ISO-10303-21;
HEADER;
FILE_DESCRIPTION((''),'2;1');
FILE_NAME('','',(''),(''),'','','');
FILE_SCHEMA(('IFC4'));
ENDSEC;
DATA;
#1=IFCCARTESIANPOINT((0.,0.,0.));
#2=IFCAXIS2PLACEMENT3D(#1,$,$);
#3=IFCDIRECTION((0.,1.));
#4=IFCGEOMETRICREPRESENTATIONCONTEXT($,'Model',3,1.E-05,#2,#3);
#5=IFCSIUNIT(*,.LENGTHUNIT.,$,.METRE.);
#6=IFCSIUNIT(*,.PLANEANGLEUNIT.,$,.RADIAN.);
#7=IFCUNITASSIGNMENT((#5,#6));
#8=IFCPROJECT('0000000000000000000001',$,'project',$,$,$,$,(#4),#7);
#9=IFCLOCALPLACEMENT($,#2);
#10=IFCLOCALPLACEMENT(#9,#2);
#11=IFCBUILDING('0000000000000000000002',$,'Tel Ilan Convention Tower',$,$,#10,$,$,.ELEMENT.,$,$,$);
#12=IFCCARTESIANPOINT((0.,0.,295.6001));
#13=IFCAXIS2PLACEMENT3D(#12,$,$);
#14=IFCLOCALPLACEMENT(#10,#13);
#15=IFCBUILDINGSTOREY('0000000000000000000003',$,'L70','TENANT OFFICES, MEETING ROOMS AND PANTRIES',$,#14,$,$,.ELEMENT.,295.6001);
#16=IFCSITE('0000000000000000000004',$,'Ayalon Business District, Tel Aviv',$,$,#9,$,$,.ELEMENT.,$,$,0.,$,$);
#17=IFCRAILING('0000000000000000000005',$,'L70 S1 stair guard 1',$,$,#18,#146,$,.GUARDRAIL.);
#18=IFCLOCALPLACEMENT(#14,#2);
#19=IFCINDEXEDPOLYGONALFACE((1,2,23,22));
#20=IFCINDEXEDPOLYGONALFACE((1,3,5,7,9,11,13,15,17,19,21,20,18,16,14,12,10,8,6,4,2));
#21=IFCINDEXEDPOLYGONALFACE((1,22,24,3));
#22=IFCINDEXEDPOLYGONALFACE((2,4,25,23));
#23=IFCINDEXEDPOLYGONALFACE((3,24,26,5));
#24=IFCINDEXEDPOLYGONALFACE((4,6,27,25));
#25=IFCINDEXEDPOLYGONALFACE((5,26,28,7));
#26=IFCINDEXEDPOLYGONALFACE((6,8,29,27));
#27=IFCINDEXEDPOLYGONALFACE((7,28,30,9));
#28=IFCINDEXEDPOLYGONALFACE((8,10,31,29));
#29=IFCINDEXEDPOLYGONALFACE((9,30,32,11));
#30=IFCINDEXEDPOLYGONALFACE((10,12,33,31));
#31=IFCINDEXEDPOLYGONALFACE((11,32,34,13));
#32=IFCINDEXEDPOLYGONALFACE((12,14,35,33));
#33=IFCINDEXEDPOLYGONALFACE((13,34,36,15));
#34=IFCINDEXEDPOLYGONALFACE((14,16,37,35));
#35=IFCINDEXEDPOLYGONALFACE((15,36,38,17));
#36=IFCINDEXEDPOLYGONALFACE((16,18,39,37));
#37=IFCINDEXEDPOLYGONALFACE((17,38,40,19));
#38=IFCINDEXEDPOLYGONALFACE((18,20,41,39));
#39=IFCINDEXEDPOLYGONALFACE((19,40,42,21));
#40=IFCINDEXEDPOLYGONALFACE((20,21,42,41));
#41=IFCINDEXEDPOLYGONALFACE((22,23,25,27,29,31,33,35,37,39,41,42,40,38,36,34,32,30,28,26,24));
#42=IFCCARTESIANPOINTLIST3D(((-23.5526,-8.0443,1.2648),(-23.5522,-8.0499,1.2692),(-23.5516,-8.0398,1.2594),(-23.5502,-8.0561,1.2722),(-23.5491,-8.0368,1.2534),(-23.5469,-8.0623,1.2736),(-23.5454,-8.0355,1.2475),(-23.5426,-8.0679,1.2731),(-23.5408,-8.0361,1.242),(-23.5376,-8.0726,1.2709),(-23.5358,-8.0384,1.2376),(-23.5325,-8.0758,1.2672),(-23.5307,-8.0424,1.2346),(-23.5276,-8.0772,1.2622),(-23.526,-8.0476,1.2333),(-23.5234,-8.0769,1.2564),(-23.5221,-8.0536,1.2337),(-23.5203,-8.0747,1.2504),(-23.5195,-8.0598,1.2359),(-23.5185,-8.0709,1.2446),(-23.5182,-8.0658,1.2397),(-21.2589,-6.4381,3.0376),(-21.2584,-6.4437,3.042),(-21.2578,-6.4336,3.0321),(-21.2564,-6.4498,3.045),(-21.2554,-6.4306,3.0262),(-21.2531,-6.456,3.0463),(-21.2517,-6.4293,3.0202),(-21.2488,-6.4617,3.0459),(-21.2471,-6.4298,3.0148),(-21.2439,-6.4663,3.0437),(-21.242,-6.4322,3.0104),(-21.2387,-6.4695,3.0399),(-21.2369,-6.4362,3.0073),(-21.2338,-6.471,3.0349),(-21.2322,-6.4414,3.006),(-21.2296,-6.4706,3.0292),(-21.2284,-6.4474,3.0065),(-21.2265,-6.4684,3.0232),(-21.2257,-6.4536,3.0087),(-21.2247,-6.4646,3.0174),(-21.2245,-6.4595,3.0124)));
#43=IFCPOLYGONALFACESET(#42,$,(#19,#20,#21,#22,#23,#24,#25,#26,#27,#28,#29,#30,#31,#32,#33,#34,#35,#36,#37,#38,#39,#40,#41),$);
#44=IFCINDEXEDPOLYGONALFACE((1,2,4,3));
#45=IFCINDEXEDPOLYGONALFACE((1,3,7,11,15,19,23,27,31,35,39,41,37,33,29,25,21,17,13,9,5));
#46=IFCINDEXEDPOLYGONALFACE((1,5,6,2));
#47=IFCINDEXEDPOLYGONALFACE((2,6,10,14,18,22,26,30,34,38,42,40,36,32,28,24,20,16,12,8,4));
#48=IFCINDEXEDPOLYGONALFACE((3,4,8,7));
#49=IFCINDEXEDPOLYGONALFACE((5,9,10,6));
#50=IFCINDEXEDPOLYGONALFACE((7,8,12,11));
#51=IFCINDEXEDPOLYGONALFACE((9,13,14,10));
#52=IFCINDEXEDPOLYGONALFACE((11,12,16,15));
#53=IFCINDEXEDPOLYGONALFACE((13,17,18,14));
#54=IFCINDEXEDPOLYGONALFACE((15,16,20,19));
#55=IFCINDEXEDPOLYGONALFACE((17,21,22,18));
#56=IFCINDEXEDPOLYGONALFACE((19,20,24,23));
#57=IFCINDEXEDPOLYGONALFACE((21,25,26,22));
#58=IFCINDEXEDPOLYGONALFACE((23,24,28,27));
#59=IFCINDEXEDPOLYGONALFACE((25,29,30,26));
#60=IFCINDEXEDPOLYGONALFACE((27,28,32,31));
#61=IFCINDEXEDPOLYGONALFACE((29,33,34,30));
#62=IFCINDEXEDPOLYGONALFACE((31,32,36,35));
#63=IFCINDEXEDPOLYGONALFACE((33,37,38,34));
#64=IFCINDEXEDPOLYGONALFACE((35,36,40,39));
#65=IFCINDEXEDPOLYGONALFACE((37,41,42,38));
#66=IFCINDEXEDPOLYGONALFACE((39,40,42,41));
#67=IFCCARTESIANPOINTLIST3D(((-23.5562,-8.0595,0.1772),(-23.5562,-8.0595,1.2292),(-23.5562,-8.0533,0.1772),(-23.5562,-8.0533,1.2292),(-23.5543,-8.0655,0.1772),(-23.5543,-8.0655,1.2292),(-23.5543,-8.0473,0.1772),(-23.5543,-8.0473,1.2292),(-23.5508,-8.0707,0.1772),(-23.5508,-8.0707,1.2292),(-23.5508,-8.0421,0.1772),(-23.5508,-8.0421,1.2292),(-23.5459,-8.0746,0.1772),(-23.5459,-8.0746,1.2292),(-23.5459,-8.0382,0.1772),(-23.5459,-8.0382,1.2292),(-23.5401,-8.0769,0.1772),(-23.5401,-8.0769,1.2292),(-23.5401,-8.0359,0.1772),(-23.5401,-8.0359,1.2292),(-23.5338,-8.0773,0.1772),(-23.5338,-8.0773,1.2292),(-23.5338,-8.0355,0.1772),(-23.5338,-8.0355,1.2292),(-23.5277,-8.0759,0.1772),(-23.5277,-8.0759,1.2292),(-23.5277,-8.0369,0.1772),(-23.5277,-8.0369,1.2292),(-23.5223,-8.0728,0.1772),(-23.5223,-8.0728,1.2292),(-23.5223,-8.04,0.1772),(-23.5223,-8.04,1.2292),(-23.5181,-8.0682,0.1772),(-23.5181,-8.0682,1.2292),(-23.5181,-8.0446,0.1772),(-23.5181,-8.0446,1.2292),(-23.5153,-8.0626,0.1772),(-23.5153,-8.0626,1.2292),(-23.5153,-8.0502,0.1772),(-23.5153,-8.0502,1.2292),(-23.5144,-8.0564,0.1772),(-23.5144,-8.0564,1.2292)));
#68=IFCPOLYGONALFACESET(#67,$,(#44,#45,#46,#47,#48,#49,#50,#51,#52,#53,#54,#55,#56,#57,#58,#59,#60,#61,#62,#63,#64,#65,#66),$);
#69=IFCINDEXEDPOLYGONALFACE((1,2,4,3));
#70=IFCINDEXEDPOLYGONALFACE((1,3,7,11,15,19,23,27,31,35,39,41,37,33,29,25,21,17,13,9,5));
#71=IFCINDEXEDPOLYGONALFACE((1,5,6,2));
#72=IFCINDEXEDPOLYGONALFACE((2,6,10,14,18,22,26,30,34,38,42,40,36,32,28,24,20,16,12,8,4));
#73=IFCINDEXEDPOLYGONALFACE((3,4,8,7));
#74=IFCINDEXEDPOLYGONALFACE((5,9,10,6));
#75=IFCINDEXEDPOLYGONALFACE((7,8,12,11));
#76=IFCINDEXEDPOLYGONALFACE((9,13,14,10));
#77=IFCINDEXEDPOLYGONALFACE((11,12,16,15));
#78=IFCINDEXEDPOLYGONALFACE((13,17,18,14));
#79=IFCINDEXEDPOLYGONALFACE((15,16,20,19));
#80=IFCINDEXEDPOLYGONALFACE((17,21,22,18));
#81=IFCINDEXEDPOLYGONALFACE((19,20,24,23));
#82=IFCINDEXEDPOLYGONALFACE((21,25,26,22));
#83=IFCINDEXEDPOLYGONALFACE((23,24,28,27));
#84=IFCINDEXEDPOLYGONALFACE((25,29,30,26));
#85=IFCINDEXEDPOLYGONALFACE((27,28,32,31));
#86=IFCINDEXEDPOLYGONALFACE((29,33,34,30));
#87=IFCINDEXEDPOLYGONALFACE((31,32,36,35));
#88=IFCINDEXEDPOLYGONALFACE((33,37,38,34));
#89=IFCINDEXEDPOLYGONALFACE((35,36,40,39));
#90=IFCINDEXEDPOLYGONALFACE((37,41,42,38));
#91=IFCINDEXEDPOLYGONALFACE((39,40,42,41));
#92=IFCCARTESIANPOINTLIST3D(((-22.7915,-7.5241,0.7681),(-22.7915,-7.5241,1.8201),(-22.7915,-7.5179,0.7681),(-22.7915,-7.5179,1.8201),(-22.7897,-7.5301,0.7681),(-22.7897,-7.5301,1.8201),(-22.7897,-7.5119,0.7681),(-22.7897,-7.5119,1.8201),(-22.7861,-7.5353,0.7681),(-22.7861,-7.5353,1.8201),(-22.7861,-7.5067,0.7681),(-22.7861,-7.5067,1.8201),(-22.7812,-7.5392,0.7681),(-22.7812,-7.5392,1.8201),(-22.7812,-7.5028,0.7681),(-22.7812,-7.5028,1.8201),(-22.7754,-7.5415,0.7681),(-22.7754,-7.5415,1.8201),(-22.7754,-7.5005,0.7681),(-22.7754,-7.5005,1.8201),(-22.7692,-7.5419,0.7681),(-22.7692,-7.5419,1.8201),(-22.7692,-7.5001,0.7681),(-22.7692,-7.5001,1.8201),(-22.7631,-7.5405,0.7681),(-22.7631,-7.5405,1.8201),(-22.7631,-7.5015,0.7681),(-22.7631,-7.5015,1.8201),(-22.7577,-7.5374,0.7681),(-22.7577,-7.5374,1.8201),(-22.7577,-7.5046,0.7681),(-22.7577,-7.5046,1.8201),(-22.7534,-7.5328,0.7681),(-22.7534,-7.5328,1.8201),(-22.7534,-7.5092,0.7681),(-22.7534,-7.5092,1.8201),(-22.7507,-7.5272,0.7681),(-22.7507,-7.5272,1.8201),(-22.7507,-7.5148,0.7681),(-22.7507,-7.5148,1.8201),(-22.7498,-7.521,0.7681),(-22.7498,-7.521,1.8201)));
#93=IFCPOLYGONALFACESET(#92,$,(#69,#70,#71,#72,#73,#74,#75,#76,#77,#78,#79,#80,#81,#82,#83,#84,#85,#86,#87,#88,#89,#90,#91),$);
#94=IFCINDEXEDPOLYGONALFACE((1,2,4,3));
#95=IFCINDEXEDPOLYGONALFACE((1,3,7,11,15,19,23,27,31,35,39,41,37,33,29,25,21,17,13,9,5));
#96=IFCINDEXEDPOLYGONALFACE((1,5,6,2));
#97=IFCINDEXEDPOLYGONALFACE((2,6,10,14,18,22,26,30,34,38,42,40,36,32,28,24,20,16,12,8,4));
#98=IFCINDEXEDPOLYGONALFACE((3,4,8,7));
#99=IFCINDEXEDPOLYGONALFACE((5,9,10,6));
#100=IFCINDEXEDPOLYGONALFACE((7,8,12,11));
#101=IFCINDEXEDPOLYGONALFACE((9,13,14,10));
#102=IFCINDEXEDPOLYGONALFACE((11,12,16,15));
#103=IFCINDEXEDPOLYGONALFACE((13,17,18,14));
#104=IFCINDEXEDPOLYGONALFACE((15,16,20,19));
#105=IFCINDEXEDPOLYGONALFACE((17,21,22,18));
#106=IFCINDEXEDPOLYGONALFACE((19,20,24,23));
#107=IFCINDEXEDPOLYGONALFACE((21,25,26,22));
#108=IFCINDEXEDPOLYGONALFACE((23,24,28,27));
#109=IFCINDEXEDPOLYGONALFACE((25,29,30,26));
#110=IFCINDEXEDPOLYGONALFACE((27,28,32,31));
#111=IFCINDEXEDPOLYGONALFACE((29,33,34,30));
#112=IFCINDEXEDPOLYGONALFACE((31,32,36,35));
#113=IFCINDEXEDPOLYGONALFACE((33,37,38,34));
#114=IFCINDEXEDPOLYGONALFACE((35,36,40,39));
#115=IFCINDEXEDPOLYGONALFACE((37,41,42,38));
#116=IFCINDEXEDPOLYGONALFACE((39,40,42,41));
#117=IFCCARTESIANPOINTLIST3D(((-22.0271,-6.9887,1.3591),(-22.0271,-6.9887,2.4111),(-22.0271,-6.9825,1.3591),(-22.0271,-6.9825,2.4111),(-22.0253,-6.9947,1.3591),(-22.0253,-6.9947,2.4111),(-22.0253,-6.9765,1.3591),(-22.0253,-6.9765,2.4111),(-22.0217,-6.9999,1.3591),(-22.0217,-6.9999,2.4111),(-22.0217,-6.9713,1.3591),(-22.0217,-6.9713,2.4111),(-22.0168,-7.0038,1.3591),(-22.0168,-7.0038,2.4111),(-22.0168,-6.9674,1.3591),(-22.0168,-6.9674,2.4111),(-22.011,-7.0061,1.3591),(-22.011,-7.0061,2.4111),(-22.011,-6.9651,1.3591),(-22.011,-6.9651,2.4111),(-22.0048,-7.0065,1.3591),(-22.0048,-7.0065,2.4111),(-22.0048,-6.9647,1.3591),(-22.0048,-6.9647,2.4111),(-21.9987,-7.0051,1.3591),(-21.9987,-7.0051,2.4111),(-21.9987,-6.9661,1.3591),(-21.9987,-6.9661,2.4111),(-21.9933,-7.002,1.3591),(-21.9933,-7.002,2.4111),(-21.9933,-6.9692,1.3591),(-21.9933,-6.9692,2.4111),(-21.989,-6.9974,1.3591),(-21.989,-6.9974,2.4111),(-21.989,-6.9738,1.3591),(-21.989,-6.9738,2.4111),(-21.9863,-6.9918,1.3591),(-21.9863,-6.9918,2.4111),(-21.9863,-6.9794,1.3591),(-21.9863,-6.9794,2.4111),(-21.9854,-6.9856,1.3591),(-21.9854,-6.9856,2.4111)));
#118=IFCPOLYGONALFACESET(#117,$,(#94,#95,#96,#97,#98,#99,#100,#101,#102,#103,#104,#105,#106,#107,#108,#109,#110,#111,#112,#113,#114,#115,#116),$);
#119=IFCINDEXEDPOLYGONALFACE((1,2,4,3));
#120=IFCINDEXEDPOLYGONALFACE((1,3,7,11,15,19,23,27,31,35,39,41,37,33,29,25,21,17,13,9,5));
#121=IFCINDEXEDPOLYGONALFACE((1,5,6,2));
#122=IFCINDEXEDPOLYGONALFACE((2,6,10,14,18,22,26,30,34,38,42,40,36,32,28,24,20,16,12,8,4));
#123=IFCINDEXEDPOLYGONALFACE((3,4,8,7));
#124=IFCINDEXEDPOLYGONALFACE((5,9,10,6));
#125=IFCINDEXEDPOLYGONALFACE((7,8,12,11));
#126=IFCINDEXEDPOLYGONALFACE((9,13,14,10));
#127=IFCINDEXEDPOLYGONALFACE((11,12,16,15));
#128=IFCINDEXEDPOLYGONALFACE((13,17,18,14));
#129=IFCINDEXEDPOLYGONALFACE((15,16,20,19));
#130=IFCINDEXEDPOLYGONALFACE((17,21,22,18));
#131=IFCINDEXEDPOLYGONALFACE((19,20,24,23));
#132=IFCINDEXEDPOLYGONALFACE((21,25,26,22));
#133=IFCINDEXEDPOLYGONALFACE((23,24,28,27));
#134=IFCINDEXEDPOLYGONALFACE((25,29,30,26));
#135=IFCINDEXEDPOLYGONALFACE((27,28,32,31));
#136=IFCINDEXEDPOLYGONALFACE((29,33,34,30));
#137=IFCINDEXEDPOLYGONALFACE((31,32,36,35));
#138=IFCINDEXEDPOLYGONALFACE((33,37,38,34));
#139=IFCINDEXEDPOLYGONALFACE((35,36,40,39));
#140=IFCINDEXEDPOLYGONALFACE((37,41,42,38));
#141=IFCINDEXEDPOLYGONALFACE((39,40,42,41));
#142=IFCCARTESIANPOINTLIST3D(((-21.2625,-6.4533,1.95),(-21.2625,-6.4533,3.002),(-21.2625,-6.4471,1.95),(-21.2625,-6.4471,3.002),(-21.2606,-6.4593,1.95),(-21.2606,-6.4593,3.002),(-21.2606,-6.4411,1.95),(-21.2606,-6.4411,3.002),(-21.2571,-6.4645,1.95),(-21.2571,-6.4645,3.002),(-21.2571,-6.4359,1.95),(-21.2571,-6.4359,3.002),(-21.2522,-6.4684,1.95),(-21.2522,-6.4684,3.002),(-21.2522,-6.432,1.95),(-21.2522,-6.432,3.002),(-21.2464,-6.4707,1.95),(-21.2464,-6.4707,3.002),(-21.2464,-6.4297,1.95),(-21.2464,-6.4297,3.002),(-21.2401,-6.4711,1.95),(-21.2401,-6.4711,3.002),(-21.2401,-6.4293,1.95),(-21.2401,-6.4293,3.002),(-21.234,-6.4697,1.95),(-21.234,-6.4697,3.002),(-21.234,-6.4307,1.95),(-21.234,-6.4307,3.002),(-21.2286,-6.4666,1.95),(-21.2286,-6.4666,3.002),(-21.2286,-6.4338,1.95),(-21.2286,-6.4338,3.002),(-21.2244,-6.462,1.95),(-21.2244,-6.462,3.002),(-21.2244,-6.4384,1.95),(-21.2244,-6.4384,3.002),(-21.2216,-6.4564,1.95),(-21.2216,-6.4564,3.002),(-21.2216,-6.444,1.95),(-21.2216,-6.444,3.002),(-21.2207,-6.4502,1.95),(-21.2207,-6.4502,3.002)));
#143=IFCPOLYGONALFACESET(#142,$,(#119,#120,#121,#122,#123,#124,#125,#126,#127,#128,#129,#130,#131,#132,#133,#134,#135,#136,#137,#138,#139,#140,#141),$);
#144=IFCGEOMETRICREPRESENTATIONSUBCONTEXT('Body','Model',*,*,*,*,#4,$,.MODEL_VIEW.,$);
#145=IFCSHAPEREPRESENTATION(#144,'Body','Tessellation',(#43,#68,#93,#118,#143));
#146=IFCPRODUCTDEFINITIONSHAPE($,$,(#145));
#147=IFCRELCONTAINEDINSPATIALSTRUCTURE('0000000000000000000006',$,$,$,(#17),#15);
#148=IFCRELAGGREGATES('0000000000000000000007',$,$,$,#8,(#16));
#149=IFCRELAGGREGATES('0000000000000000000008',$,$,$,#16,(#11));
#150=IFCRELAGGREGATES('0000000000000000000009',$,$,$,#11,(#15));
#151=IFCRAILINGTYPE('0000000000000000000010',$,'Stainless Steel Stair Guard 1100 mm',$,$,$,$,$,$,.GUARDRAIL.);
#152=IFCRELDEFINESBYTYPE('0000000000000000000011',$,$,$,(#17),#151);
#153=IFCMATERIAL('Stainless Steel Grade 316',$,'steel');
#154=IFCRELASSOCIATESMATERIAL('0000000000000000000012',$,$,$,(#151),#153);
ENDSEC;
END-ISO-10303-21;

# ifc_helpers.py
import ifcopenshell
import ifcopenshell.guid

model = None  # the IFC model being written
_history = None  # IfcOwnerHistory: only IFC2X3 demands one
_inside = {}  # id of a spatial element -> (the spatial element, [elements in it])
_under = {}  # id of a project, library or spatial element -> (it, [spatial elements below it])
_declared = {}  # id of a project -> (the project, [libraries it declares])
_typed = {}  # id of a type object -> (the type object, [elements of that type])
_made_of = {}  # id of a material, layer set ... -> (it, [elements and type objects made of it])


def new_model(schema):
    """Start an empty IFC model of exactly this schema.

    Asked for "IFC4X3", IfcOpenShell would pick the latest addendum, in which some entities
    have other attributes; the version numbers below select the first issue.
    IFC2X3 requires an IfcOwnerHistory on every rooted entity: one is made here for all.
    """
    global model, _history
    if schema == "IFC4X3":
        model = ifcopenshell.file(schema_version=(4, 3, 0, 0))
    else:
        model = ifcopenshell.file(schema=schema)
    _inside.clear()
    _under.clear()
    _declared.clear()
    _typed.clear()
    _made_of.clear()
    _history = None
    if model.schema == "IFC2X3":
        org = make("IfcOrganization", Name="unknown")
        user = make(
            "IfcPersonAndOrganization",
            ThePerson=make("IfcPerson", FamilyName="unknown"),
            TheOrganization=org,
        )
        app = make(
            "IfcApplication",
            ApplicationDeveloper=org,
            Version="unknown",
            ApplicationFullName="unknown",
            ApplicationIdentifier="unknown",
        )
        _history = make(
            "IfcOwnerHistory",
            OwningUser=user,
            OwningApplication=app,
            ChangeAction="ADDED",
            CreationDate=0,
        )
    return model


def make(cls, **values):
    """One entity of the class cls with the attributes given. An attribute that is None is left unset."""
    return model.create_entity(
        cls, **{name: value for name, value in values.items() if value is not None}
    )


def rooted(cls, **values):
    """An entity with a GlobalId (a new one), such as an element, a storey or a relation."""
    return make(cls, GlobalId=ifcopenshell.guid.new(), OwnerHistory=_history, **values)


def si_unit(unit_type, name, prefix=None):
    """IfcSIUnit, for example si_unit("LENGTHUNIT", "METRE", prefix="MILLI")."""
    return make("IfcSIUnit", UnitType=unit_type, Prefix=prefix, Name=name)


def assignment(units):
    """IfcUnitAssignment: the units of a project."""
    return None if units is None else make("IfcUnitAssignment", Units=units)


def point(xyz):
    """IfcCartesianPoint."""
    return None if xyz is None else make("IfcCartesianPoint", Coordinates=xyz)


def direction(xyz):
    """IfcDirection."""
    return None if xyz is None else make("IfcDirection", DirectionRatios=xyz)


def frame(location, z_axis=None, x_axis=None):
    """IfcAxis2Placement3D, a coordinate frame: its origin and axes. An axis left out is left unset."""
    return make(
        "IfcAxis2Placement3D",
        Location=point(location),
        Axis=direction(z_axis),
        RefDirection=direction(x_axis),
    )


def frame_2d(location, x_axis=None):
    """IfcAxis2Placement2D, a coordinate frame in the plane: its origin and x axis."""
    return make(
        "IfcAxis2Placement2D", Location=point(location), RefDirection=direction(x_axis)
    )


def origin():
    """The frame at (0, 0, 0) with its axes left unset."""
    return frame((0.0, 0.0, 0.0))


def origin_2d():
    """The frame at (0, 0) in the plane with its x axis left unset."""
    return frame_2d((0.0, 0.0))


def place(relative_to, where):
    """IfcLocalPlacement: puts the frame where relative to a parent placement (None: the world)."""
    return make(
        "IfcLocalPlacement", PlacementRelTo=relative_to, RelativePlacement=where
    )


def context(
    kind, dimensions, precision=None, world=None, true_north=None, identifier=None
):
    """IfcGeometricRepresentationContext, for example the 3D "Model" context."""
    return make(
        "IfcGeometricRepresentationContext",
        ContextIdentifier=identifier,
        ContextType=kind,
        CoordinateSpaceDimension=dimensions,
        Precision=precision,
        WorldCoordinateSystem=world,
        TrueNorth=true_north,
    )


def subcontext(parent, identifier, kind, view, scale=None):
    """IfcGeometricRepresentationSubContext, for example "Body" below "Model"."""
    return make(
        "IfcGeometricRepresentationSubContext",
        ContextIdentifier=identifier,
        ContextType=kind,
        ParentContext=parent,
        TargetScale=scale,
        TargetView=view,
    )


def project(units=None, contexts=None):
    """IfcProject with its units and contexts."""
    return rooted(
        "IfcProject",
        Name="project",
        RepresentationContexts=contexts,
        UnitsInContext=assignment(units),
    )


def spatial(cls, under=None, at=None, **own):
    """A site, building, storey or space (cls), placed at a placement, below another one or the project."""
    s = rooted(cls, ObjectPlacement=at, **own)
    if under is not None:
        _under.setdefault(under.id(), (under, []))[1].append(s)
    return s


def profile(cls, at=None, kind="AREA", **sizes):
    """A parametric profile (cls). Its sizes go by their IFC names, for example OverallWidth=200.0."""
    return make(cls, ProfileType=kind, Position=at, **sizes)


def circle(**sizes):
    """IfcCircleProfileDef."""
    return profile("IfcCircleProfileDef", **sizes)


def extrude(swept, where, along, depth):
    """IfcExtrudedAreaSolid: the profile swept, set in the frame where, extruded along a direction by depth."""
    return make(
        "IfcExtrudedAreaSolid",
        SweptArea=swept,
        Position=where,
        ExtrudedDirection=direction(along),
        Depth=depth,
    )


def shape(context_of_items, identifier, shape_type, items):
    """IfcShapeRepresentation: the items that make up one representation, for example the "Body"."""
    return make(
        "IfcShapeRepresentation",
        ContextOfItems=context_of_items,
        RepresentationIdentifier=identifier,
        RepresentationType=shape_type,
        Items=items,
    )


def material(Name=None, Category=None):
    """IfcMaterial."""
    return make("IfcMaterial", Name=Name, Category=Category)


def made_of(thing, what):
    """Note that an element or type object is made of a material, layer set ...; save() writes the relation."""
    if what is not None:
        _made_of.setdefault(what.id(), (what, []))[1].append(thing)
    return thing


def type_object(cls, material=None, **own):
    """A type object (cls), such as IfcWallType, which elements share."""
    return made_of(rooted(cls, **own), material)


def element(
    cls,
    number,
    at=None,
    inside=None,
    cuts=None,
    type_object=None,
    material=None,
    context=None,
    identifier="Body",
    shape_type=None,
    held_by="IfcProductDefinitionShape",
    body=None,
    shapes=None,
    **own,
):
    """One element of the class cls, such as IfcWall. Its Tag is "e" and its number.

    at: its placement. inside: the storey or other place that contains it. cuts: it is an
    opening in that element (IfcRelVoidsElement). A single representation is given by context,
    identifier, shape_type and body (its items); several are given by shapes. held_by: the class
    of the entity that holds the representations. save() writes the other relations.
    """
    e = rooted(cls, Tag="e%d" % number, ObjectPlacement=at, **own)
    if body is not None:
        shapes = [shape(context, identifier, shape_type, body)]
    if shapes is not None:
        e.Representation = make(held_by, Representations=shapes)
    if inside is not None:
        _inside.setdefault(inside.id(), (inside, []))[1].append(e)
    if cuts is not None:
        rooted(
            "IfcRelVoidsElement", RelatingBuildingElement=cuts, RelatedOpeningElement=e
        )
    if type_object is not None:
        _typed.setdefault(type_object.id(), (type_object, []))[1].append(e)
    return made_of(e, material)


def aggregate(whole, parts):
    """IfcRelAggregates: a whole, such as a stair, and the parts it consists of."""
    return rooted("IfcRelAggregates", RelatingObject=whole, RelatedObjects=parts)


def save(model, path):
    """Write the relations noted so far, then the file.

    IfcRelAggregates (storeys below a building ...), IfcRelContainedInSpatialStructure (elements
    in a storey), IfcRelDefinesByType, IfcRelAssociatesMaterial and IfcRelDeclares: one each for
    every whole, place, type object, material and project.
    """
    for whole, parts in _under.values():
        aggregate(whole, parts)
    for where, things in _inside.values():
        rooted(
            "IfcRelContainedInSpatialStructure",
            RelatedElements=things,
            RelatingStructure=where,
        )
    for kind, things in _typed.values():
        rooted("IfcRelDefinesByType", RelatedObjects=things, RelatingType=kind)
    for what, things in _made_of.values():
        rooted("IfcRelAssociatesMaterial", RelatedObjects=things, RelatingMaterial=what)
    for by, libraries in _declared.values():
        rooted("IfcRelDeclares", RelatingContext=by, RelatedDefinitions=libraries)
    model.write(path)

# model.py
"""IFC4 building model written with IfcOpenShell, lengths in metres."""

from ifc_helpers import new_model, si_unit, direction, frame, origin, origin_2d, place, context, subcontext, project, spatial, circle, extrude, material, type_object, element, save


model = new_model("IFC4")

# Units and contexts
model_context = context("Model", 3, precision=1e-05, world=origin(), true_north=direction((0.0, 1.0)))
body_context = subcontext(model_context, "Body", "Model", "MODEL_VIEW")
ifc_project = project(units=[si_unit("LENGTHUNIT", "METRE"), si_unit("PLANEANGLEUNIT", "RADIAN")], contexts=[model_context])

# Site, building, storey
site_placement = place(None, origin())
site = spatial("IfcSite", under=ifc_project, at=site_placement, Name="Ayalon Business District, Tel Aviv", CompositionType="ELEMENT", RefElevation=0.0)
building_placement = place(site_placement, origin())
building = spatial("IfcBuilding", under=site, at=building_placement, Name="Tel Ilan Convention Tower", CompositionType="ELEMENT")
storey_placement = place(building_placement, frame((0.0, 0.0, 295.6001)))
storey = spatial("IfcBuildingStorey", under=building, at=storey_placement, Name="L70", Description="TENANT OFFICES, MEETING ROOMS AND PANTRIES", CompositionType="ELEMENT", Elevation=295.6001)

# Railing
ifc_material_1 = material(Name="Stainless Steel Grade 316", Category="steel")
railing_type_1 = type_object("IfcRailingType", Name="Stainless Steel Stair Guard 1100 mm", PredefinedType="GUARDRAIL", material=ifc_material_1)
railing_1_placement = place(storey_placement, frame((-23.5354, -8.0564, 0.1772)))
element("IfcRailing", 1, at=railing_1_placement, inside=storey, type_object=railing_type_1, Name="L70 S1 stair guard 1", PredefinedType="GUARDRAIL", context=body_context, shape_type="SweptSolid", body=[
    extrude(circle(Radius=0.0239, at=origin_2d()), frame((0.0, 0.0, 1.0762), z_axis=(0.692098, 0.484653, 0.534894), x_axis=(-0.573609, 0.81913, 0.0)), (0.0, 0.0, 1.0), 3.3142),
    extrude(circle(Radius=0.021, at=origin_2d()), origin(), (0.0, 0.0, 1.0), 1.052),
    extrude(circle(Radius=0.021, at=origin_2d()), frame((0.7646, 0.5354, 0.5908)), (0.0, 0.0, 1.0), 1.052),
    extrude(circle(Radius=0.021, at=origin_2d()), frame((1.5291, 1.0708, 1.1819)), (0.0, 0.0, 1.0), 1.052),
    extrude(circle(Radius=0.021, at=origin_2d()), frame((2.2937, 1.6062, 1.7727)), (0.0, 0.0, 1.0), 1.052),
])

save(model, "model.ifc")
